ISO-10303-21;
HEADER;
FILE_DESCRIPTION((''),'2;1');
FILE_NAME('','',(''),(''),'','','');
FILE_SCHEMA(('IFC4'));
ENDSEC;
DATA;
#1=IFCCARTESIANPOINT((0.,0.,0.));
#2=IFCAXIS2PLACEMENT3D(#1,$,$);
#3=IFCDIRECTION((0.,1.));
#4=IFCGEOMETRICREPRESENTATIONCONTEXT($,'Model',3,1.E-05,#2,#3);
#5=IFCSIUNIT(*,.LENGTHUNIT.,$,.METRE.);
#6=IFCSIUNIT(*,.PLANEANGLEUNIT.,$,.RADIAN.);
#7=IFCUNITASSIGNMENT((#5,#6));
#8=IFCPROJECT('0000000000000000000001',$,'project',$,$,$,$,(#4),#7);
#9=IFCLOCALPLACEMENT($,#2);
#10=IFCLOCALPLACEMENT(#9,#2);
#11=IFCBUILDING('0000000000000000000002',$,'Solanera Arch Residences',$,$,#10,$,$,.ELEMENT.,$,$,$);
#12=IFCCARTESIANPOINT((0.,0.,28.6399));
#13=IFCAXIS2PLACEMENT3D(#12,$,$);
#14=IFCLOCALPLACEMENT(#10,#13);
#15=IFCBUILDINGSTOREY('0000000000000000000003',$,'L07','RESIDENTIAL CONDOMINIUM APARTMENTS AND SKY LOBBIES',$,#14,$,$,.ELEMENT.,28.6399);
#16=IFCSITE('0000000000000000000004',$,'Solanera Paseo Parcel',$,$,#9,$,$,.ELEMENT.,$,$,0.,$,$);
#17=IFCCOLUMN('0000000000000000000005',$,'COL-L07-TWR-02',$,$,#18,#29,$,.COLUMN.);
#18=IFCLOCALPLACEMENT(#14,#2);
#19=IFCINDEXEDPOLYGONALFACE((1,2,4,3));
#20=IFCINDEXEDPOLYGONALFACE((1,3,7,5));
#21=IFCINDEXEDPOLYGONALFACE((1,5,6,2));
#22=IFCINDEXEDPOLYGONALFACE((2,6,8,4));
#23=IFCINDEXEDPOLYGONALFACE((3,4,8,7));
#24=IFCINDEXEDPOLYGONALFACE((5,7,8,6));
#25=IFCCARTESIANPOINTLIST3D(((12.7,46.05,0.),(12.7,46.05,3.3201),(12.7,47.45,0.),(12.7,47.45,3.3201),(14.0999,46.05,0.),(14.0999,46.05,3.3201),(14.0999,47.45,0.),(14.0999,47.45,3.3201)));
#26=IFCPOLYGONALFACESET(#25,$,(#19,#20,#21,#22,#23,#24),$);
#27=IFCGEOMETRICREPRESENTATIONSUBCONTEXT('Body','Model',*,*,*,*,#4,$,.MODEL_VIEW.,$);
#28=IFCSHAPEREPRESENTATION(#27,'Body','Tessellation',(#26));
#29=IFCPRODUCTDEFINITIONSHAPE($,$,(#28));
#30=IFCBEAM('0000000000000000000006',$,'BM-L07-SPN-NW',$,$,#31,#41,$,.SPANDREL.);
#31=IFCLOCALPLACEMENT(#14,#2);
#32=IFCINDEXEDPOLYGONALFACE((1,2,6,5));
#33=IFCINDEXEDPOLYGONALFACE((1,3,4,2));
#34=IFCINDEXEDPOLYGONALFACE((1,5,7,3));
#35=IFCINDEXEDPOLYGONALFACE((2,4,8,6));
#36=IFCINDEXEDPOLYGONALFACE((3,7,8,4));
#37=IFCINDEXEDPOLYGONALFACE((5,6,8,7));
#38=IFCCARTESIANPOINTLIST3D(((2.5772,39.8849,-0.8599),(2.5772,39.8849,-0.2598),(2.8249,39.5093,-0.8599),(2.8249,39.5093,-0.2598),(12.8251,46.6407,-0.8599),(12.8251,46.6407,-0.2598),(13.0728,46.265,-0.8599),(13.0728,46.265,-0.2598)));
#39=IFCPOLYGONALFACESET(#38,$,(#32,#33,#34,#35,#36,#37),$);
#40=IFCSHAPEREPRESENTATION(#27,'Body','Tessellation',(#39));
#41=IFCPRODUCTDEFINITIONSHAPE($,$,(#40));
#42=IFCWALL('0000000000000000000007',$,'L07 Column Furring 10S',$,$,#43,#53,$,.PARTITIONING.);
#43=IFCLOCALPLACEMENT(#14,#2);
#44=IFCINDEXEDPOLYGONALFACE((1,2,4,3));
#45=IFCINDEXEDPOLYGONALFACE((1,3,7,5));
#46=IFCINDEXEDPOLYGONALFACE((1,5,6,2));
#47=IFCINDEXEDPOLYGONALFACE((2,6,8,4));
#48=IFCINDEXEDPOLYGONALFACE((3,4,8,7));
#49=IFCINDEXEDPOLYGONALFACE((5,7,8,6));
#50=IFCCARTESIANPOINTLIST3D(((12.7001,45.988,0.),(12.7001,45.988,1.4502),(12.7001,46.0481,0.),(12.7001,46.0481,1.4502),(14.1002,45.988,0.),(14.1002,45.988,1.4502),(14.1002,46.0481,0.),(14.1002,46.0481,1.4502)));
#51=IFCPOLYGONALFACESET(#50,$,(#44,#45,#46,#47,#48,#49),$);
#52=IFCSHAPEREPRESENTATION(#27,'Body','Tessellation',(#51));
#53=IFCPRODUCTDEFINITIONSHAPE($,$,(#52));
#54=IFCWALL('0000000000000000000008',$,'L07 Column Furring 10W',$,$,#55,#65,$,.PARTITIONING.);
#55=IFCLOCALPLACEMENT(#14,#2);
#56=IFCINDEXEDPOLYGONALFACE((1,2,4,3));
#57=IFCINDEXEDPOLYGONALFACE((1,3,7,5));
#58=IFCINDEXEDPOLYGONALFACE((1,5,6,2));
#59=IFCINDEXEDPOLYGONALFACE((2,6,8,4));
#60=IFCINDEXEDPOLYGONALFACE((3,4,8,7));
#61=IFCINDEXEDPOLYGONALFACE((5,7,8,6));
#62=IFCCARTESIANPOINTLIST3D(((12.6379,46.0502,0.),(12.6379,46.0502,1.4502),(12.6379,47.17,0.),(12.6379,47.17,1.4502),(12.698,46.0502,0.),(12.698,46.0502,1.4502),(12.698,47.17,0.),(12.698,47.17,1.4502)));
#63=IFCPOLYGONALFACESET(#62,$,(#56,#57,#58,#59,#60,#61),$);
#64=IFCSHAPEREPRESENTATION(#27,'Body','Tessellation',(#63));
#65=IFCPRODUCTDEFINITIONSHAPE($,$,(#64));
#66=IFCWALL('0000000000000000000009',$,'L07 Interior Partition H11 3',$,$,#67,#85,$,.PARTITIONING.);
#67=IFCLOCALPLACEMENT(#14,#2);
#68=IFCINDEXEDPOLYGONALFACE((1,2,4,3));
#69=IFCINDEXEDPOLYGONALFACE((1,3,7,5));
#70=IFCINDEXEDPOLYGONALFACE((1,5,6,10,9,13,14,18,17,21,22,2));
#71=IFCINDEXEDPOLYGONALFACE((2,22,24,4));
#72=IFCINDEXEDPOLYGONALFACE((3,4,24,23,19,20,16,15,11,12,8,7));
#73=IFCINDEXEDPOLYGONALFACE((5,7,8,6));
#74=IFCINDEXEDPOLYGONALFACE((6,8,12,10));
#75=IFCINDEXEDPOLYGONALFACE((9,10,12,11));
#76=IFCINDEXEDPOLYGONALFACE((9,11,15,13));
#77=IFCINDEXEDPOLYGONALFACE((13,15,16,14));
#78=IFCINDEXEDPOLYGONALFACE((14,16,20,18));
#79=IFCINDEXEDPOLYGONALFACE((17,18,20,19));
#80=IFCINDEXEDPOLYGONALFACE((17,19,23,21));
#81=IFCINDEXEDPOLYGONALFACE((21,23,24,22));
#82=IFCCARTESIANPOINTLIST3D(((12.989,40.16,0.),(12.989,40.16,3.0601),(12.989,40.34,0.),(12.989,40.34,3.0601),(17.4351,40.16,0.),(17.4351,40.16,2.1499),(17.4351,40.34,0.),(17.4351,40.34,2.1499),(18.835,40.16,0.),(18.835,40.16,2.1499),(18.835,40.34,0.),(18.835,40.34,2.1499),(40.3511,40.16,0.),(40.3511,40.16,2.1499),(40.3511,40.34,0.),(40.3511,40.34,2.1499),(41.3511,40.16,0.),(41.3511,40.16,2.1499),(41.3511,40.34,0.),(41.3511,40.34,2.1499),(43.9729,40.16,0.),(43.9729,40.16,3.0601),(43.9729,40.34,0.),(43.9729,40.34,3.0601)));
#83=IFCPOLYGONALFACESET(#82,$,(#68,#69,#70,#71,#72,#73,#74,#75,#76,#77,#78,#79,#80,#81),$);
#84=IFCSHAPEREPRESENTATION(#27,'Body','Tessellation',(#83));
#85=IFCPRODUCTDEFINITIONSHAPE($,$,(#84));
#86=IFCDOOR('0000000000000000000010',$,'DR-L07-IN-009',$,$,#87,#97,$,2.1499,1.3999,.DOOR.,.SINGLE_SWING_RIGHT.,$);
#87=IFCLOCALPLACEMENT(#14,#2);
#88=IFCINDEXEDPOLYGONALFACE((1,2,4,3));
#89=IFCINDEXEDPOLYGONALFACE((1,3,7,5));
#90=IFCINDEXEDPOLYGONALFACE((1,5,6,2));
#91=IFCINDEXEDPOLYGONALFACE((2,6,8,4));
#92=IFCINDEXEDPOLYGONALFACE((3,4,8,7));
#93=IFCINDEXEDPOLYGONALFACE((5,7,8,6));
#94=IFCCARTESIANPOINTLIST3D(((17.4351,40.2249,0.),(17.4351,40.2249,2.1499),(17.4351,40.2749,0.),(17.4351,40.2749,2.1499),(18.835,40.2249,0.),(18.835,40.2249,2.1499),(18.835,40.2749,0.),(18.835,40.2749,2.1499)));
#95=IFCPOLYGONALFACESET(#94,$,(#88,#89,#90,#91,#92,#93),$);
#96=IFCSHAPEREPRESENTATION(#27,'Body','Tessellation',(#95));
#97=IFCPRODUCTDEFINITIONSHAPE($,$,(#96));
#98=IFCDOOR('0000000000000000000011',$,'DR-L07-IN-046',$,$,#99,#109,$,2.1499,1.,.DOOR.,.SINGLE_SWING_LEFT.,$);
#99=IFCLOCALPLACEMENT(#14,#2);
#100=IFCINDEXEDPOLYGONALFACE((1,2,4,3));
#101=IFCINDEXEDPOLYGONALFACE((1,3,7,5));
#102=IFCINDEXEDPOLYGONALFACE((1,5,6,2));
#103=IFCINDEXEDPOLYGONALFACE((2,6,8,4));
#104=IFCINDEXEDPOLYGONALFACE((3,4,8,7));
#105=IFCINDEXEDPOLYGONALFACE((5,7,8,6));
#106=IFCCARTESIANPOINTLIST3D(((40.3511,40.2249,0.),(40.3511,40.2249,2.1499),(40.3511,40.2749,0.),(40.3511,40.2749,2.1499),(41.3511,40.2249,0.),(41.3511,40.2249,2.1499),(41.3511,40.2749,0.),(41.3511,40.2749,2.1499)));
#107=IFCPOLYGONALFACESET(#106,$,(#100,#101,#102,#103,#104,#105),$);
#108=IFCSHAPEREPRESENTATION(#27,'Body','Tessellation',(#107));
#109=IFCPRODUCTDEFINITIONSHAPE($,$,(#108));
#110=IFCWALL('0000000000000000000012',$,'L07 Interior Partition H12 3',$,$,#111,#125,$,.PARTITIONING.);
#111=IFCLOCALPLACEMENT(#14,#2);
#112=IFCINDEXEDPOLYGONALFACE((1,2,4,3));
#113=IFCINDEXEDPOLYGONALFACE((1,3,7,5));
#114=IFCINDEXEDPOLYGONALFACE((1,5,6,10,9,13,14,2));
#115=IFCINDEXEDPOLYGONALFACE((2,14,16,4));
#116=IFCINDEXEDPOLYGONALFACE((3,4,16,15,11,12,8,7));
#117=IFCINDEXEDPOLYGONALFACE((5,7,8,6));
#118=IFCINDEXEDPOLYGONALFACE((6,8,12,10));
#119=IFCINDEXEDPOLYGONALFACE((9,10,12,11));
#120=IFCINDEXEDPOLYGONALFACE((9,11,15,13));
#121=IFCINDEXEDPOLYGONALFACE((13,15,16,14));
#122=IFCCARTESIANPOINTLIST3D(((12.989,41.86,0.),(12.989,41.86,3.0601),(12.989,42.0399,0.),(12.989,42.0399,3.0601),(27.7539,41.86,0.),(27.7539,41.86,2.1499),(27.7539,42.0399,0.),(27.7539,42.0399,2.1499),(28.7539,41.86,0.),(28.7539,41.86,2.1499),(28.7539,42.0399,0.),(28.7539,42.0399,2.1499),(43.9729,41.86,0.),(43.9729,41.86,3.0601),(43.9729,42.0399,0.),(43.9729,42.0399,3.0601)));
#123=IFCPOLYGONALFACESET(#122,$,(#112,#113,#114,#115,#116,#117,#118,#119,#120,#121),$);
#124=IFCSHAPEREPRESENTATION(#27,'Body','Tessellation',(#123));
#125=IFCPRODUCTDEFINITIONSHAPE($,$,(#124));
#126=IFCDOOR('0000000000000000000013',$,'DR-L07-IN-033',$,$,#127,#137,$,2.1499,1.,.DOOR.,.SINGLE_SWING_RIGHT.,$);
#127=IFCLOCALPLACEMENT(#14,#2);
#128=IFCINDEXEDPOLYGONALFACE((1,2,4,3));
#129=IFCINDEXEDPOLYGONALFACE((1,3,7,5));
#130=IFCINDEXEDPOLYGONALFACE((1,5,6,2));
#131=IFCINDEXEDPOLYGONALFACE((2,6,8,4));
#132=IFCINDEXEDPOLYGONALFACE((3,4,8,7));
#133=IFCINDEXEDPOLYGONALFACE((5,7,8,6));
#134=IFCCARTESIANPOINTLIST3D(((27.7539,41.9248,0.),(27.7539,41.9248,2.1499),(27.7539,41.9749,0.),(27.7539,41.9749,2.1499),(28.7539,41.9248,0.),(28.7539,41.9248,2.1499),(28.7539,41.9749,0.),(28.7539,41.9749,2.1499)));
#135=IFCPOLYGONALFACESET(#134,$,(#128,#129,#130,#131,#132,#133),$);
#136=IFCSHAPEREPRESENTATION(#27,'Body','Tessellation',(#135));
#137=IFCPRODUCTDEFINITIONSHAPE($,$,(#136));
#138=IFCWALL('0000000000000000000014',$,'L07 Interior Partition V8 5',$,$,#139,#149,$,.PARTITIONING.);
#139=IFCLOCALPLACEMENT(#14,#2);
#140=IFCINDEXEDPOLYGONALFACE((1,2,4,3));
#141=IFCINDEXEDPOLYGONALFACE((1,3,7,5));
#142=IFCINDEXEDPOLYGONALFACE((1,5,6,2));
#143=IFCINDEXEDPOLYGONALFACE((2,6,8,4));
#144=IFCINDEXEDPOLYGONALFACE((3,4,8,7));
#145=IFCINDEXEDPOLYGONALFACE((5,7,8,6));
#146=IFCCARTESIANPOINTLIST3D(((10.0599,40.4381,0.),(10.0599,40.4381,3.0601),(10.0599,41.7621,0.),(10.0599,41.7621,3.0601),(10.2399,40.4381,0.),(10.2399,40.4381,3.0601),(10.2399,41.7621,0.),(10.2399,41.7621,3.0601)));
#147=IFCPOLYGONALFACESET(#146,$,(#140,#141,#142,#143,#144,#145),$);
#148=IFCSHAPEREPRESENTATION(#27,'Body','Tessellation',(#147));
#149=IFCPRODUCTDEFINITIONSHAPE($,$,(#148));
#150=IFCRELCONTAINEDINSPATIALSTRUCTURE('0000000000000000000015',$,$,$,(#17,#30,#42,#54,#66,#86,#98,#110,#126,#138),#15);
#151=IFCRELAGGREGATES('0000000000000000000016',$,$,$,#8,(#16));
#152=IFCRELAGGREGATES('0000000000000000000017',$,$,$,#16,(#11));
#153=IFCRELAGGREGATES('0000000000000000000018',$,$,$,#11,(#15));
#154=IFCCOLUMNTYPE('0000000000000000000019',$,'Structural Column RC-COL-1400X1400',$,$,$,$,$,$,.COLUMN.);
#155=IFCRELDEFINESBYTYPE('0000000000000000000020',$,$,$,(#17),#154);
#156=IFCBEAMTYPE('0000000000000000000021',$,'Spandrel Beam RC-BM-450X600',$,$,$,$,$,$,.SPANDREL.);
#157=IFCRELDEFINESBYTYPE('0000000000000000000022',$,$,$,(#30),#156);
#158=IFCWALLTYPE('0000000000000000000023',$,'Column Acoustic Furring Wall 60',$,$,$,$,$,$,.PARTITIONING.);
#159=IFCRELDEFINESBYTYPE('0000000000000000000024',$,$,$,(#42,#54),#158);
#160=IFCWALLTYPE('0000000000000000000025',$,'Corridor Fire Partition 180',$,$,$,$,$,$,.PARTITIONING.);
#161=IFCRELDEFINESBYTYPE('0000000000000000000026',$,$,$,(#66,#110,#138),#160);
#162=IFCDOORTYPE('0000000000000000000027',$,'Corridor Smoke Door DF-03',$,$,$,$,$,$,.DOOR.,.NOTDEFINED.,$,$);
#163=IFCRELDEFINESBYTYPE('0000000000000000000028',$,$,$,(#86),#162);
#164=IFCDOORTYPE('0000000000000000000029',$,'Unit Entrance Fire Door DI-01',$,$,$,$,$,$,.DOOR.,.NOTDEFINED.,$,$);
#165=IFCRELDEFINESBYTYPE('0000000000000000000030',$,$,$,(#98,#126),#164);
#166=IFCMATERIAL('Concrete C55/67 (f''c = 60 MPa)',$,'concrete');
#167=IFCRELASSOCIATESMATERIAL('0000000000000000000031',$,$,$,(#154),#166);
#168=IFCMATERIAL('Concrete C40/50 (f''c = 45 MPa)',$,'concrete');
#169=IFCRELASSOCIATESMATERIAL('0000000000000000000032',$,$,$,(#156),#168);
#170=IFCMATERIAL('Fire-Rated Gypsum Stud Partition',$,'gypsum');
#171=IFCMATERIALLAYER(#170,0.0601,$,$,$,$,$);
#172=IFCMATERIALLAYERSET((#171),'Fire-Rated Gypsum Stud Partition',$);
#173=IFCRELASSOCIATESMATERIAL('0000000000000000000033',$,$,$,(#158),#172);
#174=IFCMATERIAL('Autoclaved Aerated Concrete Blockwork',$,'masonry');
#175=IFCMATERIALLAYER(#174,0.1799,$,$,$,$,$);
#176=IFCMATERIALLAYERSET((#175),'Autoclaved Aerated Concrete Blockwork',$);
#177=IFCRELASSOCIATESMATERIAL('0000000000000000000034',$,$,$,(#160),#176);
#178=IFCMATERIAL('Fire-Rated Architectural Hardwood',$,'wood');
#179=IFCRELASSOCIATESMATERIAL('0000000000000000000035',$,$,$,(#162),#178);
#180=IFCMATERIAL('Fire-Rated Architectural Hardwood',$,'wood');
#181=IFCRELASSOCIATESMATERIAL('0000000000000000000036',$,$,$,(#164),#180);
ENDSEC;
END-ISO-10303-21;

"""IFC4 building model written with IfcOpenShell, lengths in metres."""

from ifc_helpers import new_model, si_unit, direction, frame, frame_2d, origin, origin_2d, place, context, subcontext, project, spatial, rectangle, extrude, material, layer, layer_set, material_profile, profile_set, type_object, element, fill, save


model = new_model("IFC4")

# Units and contexts
model_context = context("Model", 3, precision=1e-05, world=origin(), true_north=direction((0.0, 1.0)))
body_context = subcontext(model_context, "Body", "Model", "MODEL_VIEW")
ifc_project = project(units=[si_unit("LENGTHUNIT", "METRE"), si_unit("PLANEANGLEUNIT", "RADIAN")], contexts=[model_context])

# Site, building, storey
site_placement = place(None, origin())
site = spatial("IfcSite", under=ifc_project, at=site_placement, Name="Solanera Paseo Parcel", CompositionType="ELEMENT", RefElevation=0.0)
building_placement = place(site_placement, origin())
building = spatial("IfcBuilding", under=site, at=building_placement, Name="Solanera Arch Residences", CompositionType="ELEMENT")
storey_placement = place(building_placement, frame((0.0, 0.0, 28.6399)))
storey = spatial("IfcBuildingStorey", under=building, at=storey_placement, Name="L07", Description="RESIDENTIAL CONDOMINIUM APARTMENTS AND SKY LOBBIES", CompositionType="ELEMENT", Elevation=28.6399)

# Column
ifc_material_1 = material(Name="Concrete C55/67 (f'c = 60 MPa)", Category="concrete")
ifc_material_profile_1 = material_profile(ifc_material_1, rectangle(XDim=1.3999, YDim=1.3999, at=origin_2d()))
ifc_profile_set_1 = profile_set([ifc_material_profile_1], Name="Concrete C55/67 (f'c = 60 MPa)")
column_type = type_object("IfcColumnType", Name="Structural Column RC-COL-1400X1400", PredefinedType="COLUMN", material=ifc_profile_set_1)
column_placement = place(storey_placement, frame((13.3999, 46.75, 0.0), z_axis=(0.0, 0.0, 1.0), x_axis=(1.0, 0.0, 0.0)))
element("IfcColumn", 1, at=column_placement, inside=storey, type_object=column_type, Name="COL-L07-TWR-02", PredefinedType="COLUMN", context=body_context, shape_type="SweptSolid", body=[
    extrude(rectangle(XDim=1.3999, YDim=1.3999, at=origin_2d()), origin(), (0.0, 0.0, 1.0), 3.3201),
])

# Beam
ifc_material_2 = material(Name="Concrete C40/50 (f'c = 45 MPa)", Category="concrete")
ifc_material_profile_2 = material_profile(ifc_material_2, rectangle(XDim=0.45, YDim=0.6001, at=origin_2d()))
ifc_profile_set_2 = profile_set([ifc_material_profile_2], Name="Concrete C40/50 (f'c = 45 MPa)")
beam_type = type_object("IfcBeamType", Name="Spandrel Beam RC-BM-450X600", PredefinedType="SPANDREL", material=ifc_profile_set_2)
beam_placement = place(storey_placement, frame((12.949, 46.4529, -0.5598), z_axis=(-0.834903, -0.550397, 0.0), x_axis=(0.550397, -0.834903, 0.0)))
element("IfcBeam", 2, at=beam_placement, inside=storey, type_object=beam_type, Name="BM-L07-SPN-NW", PredefinedType="SPANDREL", context=body_context, shape_type="SweptSolid", body=[
    extrude(rectangle(XDim=0.45, YDim=0.6001, at=origin_2d()), origin(), (0.0, 0.0, 1.0), 12.2744),
])

# Walls
ifc_material_3 = material(Name="Fire-Rated Gypsum Stud Partition", Category="gypsum")
ifc_layer_1 = layer(ifc_material_3, 0.0601)
ifc_layer_set_1 = layer_set([ifc_layer_1], Name="Fire-Rated Gypsum Stud Partition")
wall_type_1 = type_object("IfcWallType", Name="Column Acoustic Furring Wall 60", PredefinedType="PARTITIONING", material=ifc_layer_set_1)
wall_1_placement = place(storey_placement, frame((12.7, 46.0181, 0.0), z_axis=(0.0, 0.0, 1.0), x_axis=(1.0, 0.0, 0.0)))
element("IfcWall", 3, at=wall_1_placement, inside=storey, type_object=wall_type_1, Name="L07 Column Furring 10S", PredefinedType="PARTITIONING", context=body_context, shape_type="SweptSolid", body=[
    extrude(rectangle(XDim=1.4001, YDim=0.0601, at=frame_2d((0.7002, 0.0))), origin(), (0.0, 0.0, 1.0), 1.4502),
])
wall_2_placement = place(storey_placement, frame((12.668, 46.05, 0.0), z_axis=(0.0, 0.0, 1.0), x_axis=(0.0, 1.0, 0.0)))
element("IfcWall", 4, at=wall_2_placement, inside=storey, type_object=wall_type_1, Name="L07 Column Furring 10W", PredefinedType="PARTITIONING", context=body_context, shape_type="SweptSolid", body=[
    extrude(rectangle(XDim=1.1199, YDim=0.0601, at=frame_2d((0.5601, 0.0))), origin(), (0.0, 0.0, 1.0), 1.4502),
])

# Wall, openings, doors
ifc_material_4 = material(Name="Autoclaved Aerated Concrete Blockwork", Category="masonry")
ifc_layer_2 = layer(ifc_material_4, 0.1799)
ifc_layer_set_2 = layer_set([ifc_layer_2], Name="Autoclaved Aerated Concrete Blockwork")
wall_type_2 = type_object("IfcWallType", Name="Corridor Fire Partition 180", PredefinedType="PARTITIONING", material=ifc_layer_set_2)
wall_3_placement = place(storey_placement, frame((12.989, 40.25, 0.0), z_axis=(0.0, 0.0, 1.0), x_axis=(1.0, 0.0, 0.0)))
wall_3 = element("IfcWall", 5, at=wall_3_placement, inside=storey, type_object=wall_type_2, Name="L07 Interior Partition H11 3", PredefinedType="PARTITIONING", context=body_context, shape_type="SweptSolid", body=[
    extrude(rectangle(XDim=30.9839, YDim=0.1799, at=frame_2d((15.4919, 0.0))), origin(), (0.0, 0.0, 1.0), 3.0601),
])
opening_1_placement = place(wall_3_placement, frame((4.446, 0.0, 0.0)))
opening_1 = element("IfcOpeningElement", 6, at=opening_1_placement, cuts=wall_3, PredefinedType="OPENING", context=body_context, shape_type="SweptSolid", body=[
    extrude(rectangle(XDim=1.3999, YDim=2.1499, at=frame_2d((0.7, 1.075))), frame((0.0, 0.1001, 0.0), z_axis=(0.0, -1.0, 0.0), x_axis=(1.0, 0.0, 0.0)), (0.0, 0.0, 1.0), 0.1999),
])
opening_2_placement = place(wall_3_placement, frame((27.3621, 0.0, 0.0)))
opening_2 = element("IfcOpeningElement", 7, at=opening_2_placement, cuts=wall_3, PredefinedType="OPENING", context=body_context, shape_type="SweptSolid", body=[
    extrude(rectangle(XDim=1.0, YDim=2.1499, at=frame_2d((0.5, 1.075))), frame((0.0, 0.1001, 0.0), z_axis=(0.0, -1.0, 0.0), x_axis=(1.0, 0.0, 0.0)), (0.0, 0.0, 1.0), 0.1999),
])
ifc_material_5 = material(Name="Fire-Rated Architectural Hardwood", Category="wood")
door_type_1 = type_object("IfcDoorType", Name="Corridor Smoke Door DF-03", OperationType="NOTDEFINED", PredefinedType="DOOR", material=ifc_material_5)
door_1_placement = place(opening_1_placement, origin())
door_1 = element("IfcDoor", 8, at=door_1_placement, inside=storey, type_object=door_type_1, Name="DR-L07-IN-009", OperationType="SINGLE_SWING_RIGHT", OverallHeight=2.1499, OverallWidth=1.3999, PredefinedType="DOOR", context=body_context, shape_type="SweptSolid", body=[
    extrude(rectangle(XDim=1.3999, YDim=2.1499, at=frame_2d((0.7, 1.075))), frame((0.0, 0.0249, 0.0), z_axis=(0.0, -1.0, 0.0), x_axis=(1.0, 0.0, 0.0)), (0.0, 0.0, 1.0), 0.05),
])
fill(opening_1, door_1)
ifc_material_6 = material(Name="Fire-Rated Architectural Hardwood", Category="wood")
door_type_2 = type_object("IfcDoorType", Name="Unit Entrance Fire Door DI-01", OperationType="NOTDEFINED", PredefinedType="DOOR", material=ifc_material_6)
door_2_placement = place(opening_2_placement, origin())
door_2 = element("IfcDoor", 9, at=door_2_placement, inside=storey, type_object=door_type_2, Name="DR-L07-IN-046", OperationType="SINGLE_SWING_LEFT", OverallHeight=2.1499, OverallWidth=1.0, PredefinedType="DOOR", context=body_context, shape_type="SweptSolid", body=[
    extrude(rectangle(XDim=1.0, YDim=2.1499, at=frame_2d((0.5, 1.075))), frame((0.0, 0.0249, 0.0), z_axis=(0.0, -1.0, 0.0), x_axis=(1.0, 0.0, 0.0)), (0.0, 0.0, 1.0), 0.05),
])
fill(opening_2, door_2)

# Wall, opening, door
wall_4_placement = place(storey_placement, frame((12.989, 41.95, 0.0), z_axis=(0.0, 0.0, 1.0), x_axis=(1.0, 0.0, 0.0)))
wall_4 = element("IfcWall", 10, at=wall_4_placement, inside=storey, type_object=wall_type_2, Name="L07 Interior Partition H12 3", PredefinedType="PARTITIONING", context=body_context, shape_type="SweptSolid", body=[
    extrude(rectangle(XDim=30.9839, YDim=0.1799, at=frame_2d((15.4919, 0.0))), origin(), (0.0, 0.0, 1.0), 3.0601),
])
opening_3_placement = place(wall_4_placement, frame((14.7649, 0.0, 0.0)))
opening_3 = element("IfcOpeningElement", 11, at=opening_3_placement, cuts=wall_4, PredefinedType="OPENING", context=body_context, shape_type="SweptSolid", body=[
    extrude(rectangle(XDim=1.0, YDim=2.1499, at=frame_2d((0.5, 1.075))), frame((0.0, 0.1001, 0.0), z_axis=(0.0, -1.0, 0.0), x_axis=(1.0, 0.0, 0.0)), (0.0, 0.0, 1.0), 0.1999),
])
door_3_placement = place(opening_3_placement, origin())
door_3 = element("IfcDoor", 12, at=door_3_placement, inside=storey, type_object=door_type_2, Name="DR-L07-IN-033", OperationType="SINGLE_SWING_RIGHT", OverallHeight=2.1499, OverallWidth=1.0, PredefinedType="DOOR", context=body_context, shape_type="SweptSolid", body=[
    extrude(rectangle(XDim=1.0, YDim=2.1499, at=frame_2d((0.5, 1.075))), frame((0.0, 0.0249, 0.0), z_axis=(0.0, -1.0, 0.0), x_axis=(1.0, 0.0, 0.0)), (0.0, 0.0, 1.0), 0.05),
])
fill(opening_3, door_3)

# Wall
wall_5_placement = place(storey_placement, frame((10.1499, 40.438, 0.0), z_axis=(0.0, 0.0, 1.0), x_axis=(0.0, 1.0, 0.0)))
element("IfcWall", 13, at=wall_5_placement, inside=storey, type_object=wall_type_2, Name="L07 Interior Partition V8 5", PredefinedType="PARTITIONING", context=body_context, shape_type="SweptSolid", body=[
    extrude(rectangle(XDim=1.324, YDim=0.1799, at=frame_2d((0.6621, 0.0))), origin(), (0.0, 0.0, 1.0), 3.0601),
])

save(model, "model.ifc")
